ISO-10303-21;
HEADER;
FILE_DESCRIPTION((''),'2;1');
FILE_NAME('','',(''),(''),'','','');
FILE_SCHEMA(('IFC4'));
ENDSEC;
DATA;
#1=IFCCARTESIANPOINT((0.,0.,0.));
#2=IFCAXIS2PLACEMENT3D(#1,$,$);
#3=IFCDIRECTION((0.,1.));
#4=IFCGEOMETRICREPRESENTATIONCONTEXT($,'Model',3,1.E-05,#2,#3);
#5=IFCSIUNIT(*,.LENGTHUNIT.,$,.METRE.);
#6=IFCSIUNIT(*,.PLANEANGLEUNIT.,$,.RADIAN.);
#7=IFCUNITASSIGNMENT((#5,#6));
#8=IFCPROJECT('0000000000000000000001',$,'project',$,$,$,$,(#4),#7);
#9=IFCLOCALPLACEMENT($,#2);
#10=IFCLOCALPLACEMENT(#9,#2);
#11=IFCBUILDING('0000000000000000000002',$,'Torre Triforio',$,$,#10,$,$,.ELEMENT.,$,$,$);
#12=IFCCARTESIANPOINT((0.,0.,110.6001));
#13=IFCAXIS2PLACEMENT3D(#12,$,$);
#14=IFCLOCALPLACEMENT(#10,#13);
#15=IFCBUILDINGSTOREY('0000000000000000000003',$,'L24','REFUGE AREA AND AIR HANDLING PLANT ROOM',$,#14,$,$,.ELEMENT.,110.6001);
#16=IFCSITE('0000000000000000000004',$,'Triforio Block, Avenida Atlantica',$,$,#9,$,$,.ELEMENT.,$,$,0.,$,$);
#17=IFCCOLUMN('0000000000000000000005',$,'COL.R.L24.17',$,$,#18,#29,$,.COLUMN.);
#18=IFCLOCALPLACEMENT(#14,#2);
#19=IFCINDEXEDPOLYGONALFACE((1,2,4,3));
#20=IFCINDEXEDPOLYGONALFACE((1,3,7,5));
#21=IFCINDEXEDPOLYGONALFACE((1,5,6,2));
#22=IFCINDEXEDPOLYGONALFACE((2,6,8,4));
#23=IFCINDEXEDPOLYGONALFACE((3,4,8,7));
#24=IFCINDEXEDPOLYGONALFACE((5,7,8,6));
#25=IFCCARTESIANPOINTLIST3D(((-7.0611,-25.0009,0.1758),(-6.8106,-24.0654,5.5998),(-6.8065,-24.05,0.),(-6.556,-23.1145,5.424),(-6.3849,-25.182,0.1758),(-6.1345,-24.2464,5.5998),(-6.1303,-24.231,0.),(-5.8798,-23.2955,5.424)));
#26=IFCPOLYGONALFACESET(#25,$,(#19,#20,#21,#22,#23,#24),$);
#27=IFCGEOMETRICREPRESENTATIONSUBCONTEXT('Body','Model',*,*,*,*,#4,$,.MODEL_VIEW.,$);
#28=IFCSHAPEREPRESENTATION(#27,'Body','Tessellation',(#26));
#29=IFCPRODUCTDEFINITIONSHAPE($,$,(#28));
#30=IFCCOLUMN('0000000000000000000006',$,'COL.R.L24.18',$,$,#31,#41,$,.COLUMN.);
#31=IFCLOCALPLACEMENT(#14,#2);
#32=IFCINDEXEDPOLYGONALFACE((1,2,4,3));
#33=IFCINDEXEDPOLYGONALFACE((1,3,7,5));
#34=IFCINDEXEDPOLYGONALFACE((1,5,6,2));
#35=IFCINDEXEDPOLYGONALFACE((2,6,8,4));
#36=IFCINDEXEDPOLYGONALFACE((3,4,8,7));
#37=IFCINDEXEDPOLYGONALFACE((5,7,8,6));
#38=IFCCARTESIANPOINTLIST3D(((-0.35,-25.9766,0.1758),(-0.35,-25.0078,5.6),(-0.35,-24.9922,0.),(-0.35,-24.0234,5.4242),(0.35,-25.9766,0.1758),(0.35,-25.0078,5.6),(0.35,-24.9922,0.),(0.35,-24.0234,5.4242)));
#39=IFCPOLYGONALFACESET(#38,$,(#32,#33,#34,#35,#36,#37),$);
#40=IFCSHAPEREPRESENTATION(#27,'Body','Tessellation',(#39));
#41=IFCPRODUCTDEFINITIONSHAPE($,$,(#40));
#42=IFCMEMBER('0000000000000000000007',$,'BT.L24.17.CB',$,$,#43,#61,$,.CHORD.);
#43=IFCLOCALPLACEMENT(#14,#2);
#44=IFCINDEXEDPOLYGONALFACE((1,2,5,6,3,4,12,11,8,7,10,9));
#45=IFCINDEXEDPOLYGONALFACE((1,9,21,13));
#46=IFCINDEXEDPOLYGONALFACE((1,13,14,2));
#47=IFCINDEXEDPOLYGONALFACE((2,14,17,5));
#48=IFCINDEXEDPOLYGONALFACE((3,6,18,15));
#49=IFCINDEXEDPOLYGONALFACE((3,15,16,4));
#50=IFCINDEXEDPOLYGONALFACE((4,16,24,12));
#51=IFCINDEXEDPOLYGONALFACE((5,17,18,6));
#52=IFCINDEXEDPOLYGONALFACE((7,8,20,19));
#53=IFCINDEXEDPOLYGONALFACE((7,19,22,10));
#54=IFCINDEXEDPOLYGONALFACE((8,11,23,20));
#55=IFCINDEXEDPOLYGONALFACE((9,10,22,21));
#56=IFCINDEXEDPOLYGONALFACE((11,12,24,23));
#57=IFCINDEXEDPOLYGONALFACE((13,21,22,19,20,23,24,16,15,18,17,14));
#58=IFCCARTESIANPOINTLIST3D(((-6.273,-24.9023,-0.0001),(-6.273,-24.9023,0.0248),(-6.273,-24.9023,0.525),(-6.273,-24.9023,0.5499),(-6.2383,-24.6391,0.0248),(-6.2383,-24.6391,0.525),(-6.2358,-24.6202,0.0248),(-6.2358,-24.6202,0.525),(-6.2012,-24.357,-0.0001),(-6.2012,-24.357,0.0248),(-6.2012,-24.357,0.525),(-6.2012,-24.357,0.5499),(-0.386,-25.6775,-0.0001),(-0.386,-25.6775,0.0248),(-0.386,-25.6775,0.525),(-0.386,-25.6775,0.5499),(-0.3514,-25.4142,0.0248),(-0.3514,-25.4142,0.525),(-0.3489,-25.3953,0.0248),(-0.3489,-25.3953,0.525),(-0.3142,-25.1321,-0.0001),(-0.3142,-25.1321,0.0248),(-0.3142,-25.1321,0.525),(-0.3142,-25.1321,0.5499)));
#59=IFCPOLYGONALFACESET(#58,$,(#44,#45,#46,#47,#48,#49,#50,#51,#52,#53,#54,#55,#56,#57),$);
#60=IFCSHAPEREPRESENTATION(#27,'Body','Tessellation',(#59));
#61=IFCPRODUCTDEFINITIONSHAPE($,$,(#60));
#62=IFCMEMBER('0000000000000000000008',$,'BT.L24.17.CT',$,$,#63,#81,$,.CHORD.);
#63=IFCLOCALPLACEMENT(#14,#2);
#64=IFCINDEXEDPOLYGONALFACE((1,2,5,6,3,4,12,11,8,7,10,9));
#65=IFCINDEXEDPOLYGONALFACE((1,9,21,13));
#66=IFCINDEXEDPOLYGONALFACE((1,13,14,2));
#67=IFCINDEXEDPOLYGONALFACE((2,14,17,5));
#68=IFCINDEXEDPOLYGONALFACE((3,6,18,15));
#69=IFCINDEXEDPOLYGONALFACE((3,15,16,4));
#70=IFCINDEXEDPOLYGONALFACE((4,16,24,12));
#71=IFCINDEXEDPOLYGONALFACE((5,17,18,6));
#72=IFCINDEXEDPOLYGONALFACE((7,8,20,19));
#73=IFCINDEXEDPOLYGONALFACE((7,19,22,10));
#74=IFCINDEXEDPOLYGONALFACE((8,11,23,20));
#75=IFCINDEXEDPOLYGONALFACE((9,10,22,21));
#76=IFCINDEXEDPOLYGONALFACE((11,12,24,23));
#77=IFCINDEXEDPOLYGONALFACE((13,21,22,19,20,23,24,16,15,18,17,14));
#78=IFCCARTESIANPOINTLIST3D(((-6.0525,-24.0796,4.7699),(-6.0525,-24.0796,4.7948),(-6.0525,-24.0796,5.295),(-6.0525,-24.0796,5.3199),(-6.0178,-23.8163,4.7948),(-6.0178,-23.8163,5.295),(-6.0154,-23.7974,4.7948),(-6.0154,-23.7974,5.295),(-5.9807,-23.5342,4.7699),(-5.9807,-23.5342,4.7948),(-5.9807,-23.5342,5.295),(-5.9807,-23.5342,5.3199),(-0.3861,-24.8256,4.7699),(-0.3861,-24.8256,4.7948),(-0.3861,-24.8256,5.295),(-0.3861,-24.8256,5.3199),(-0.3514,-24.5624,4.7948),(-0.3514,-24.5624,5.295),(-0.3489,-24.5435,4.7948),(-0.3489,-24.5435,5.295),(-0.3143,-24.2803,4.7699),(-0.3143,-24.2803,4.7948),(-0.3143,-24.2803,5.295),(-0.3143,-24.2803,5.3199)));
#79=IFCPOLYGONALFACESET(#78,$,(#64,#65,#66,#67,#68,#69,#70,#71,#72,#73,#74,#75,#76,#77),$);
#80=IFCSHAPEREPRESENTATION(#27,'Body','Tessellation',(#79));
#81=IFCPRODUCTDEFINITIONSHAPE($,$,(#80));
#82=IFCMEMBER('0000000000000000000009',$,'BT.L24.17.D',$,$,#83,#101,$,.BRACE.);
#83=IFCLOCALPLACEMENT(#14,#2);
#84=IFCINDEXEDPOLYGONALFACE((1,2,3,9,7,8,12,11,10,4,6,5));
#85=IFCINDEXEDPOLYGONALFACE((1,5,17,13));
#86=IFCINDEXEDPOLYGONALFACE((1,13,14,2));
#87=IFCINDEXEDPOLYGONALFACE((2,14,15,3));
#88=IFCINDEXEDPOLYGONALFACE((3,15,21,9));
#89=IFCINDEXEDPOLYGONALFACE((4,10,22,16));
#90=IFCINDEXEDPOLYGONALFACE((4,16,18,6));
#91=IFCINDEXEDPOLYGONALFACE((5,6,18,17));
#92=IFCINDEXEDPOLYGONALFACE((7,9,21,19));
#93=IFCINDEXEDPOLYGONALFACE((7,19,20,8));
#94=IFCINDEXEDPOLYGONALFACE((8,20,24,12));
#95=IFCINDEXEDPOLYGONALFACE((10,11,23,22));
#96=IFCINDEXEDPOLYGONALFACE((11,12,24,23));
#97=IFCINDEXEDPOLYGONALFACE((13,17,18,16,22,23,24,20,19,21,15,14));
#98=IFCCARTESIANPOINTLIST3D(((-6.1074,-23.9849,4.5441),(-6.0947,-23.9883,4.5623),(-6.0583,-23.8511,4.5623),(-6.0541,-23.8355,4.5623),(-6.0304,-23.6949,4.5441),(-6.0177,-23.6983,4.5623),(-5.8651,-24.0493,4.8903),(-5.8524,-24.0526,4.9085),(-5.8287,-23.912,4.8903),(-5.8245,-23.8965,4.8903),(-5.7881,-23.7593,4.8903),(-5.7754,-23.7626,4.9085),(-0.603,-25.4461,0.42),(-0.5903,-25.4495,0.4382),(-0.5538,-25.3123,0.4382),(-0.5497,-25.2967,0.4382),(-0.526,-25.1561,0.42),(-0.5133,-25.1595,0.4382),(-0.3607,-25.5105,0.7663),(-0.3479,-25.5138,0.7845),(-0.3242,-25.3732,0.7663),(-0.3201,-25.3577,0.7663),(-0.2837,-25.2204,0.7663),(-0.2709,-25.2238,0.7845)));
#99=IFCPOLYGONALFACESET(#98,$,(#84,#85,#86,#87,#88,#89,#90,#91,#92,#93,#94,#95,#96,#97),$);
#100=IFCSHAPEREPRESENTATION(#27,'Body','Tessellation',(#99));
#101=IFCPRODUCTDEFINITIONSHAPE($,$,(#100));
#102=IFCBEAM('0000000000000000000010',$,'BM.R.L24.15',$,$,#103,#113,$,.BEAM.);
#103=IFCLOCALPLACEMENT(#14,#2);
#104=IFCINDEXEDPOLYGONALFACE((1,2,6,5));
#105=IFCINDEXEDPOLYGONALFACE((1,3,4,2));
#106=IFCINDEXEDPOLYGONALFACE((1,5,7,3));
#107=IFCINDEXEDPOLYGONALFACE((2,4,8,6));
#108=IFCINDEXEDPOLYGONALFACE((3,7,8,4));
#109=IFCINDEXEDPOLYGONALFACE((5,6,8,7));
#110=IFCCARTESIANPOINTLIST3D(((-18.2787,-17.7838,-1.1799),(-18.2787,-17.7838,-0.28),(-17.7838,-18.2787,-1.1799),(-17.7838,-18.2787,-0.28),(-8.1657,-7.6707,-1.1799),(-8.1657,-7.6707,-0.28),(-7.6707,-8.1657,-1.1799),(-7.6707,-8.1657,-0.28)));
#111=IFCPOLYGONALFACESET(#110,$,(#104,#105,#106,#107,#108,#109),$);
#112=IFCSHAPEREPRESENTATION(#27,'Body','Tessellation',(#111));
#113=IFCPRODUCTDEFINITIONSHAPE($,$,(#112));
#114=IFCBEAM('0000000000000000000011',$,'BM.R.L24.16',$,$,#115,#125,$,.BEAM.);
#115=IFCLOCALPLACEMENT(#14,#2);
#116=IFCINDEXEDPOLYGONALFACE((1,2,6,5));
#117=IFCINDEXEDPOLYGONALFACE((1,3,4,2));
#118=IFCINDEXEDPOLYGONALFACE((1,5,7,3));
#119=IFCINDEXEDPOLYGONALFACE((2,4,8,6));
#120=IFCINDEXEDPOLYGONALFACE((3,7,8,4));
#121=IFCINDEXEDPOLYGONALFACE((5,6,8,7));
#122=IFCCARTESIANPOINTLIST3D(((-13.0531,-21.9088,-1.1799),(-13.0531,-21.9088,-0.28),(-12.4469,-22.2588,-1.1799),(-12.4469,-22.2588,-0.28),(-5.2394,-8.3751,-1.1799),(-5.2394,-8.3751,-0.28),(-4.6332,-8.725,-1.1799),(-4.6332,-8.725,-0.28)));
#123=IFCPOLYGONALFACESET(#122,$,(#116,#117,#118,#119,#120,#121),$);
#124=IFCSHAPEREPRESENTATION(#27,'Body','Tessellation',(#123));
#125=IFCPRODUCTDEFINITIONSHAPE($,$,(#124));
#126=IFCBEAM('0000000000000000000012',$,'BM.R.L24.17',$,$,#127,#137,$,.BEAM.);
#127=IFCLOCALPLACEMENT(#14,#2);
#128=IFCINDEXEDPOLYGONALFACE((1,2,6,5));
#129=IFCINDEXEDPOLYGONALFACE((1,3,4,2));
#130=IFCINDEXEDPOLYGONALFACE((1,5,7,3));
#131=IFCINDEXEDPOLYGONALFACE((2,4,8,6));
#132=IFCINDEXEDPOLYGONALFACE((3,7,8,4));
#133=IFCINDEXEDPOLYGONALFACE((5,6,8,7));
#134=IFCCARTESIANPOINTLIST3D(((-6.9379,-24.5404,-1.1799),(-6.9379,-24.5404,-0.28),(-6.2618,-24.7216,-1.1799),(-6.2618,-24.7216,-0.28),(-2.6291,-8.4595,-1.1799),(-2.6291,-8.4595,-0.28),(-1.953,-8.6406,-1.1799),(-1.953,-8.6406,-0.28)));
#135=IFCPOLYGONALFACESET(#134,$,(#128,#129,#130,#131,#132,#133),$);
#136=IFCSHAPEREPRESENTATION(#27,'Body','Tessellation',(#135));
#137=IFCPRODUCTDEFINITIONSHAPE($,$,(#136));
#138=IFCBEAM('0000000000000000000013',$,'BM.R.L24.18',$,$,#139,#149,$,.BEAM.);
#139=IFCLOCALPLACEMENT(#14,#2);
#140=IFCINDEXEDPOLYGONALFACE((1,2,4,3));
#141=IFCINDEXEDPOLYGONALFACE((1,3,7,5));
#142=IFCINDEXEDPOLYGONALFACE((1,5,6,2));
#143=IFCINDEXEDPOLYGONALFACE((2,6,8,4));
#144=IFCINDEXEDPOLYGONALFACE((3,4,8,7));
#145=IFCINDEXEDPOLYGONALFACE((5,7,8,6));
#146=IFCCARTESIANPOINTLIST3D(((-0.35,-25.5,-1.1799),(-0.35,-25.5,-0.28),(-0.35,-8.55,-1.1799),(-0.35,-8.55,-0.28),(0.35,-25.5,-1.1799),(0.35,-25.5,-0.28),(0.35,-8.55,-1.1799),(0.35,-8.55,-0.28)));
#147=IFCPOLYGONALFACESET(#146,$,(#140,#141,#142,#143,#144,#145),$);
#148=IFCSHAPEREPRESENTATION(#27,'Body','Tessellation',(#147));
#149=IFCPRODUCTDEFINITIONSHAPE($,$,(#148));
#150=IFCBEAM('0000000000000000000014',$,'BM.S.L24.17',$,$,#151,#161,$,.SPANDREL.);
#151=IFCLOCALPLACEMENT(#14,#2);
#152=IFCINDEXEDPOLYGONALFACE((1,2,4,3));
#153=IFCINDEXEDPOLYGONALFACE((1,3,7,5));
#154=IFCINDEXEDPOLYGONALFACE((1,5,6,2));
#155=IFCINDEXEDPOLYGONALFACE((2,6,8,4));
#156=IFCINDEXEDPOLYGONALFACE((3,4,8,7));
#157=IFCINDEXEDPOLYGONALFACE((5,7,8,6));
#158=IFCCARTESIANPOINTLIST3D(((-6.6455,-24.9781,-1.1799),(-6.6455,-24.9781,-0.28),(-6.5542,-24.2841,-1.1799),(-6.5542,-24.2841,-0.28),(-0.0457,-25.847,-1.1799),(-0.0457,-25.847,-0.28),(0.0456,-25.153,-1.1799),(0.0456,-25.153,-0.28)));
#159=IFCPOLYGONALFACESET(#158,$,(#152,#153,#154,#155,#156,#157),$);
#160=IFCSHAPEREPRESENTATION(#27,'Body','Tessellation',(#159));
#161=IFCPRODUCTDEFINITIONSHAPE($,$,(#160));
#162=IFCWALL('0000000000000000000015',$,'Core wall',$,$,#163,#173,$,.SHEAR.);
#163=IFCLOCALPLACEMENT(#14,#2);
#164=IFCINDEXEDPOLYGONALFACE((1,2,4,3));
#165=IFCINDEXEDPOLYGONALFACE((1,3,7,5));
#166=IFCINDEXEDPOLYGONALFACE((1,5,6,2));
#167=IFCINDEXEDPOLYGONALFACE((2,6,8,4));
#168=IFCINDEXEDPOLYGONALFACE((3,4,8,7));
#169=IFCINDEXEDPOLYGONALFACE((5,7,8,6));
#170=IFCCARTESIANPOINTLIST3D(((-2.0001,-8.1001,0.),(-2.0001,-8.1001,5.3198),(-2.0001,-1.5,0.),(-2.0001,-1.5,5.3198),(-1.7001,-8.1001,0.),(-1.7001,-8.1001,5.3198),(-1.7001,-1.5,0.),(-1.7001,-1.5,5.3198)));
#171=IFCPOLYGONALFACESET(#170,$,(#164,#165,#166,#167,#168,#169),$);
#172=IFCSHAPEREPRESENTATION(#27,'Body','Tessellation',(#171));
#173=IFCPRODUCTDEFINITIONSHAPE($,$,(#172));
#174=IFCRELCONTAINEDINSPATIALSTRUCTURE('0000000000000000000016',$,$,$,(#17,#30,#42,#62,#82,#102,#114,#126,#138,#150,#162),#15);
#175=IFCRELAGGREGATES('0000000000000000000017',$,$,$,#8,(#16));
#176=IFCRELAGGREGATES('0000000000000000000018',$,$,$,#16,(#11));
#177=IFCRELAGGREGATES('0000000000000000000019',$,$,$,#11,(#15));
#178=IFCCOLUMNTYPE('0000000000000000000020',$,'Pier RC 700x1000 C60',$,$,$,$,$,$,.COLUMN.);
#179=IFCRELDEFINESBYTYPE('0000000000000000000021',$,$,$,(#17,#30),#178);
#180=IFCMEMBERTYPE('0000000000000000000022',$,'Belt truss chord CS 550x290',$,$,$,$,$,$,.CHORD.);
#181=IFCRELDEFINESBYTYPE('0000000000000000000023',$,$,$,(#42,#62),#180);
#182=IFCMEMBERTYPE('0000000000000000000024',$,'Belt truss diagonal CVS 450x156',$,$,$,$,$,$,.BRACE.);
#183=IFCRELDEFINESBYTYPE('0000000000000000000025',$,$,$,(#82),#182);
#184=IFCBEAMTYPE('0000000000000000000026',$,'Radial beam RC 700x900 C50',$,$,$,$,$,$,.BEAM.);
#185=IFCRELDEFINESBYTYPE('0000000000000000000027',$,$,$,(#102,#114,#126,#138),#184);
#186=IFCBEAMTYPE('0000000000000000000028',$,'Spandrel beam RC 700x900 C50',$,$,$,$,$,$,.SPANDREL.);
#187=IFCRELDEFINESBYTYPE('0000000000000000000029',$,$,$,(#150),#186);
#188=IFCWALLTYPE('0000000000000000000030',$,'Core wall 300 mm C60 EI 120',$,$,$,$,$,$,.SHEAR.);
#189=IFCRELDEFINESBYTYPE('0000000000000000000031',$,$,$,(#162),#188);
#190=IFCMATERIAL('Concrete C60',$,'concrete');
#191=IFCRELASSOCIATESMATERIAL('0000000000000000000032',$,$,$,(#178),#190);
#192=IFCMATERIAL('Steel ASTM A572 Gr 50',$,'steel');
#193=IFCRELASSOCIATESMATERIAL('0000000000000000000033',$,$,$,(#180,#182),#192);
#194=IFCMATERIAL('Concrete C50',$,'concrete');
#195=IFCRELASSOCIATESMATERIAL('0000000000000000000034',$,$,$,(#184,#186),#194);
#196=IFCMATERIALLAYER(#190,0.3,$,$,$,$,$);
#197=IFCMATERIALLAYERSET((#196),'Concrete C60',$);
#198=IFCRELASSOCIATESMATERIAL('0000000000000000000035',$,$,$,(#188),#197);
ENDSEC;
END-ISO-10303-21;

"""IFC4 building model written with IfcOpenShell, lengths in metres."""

from ifc_helpers import new_model, si_unit, direction, frame, frame_2d, origin, origin_2d, place, context, subcontext, project, spatial, rectangle, i_section, extrude, material, layer, layer_set, material_profile, profile_set, type_object, element, save


model = new_model("IFC4")

# Units and contexts
model_context = context("Model", 3, precision=1e-05, world=origin(), true_north=direction((0.0, 1.0)))
body_context = subcontext(model_context, "Body", "Model", "MODEL_VIEW")
ifc_project = project(units=[si_unit("LENGTHUNIT", "METRE"), si_unit("PLANEANGLEUNIT", "RADIAN")], contexts=[model_context])

# Site, building, storey
site_placement = place(None, origin())
site = spatial("IfcSite", under=ifc_project, at=site_placement, Name="Triforio Block, Avenida Atlantica", CompositionType="ELEMENT", RefElevation=0.0)
building_placement = place(site_placement, origin())
building = spatial("IfcBuilding", under=site, at=building_placement, Name="Torre Triforio", CompositionType="ELEMENT")
storey_placement = place(building_placement, frame((0.0, 0.0, 110.6001)))
storey = spatial("IfcBuildingStorey", under=building, at=storey_placement, Name="L24", Description="REFUGE AREA AND AIR HANDLING PLANT ROOM", CompositionType="ELEMENT", Elevation=110.6001)

# Columns
ifc_material_1 = material(Name="Concrete C60", Category="concrete")
ifc_material_profile_1 = material_profile(ifc_material_1, rectangle(XDim=0.7, YDim=1.0, at=origin_2d()), Name="RC 700x1000")
ifc_profile_set_1 = profile_set([ifc_material_profile_1], Name="Concrete C60")
column_type = type_object("IfcColumnType", Name="Pier RC 700x1000 C60", PredefinedType="COLUMN", material=ifc_profile_set_1)
column_1_placement = place(storey_placement, frame((-6.5957, -24.616, 0.0879), z_axis=(0.045462, 0.169795, 0.98443), x_axis=(-0.965975, 0.258635, 0.0)))
element("IfcColumn", 1, at=column_1_placement, inside=storey, type_object=column_type, Name="COL.R.L24.17", PredefinedType="COLUMN", context=body_context, shape_type="SweptSolid", body=[
    extrude(rectangle(XDim=0.7, YDim=1.0, at=origin_2d()), origin(), (0.0, 0.0, 1.0), 5.5098),
])
column_2_placement = place(storey_placement, frame((0.0, -25.4844, 0.0879), z_axis=(0.0, 0.17582, 0.984422), x_axis=(-1.0, 0.0, 0.0)))
element("IfcColumn", 2, at=column_2_placement, inside=storey, type_object=column_type, Name="COL.R.L24.18", PredefinedType="COLUMN", context=body_context, shape_type="SweptSolid", body=[
    extrude(rectangle(XDim=0.7, YDim=1.0, at=origin_2d()), origin(), (0.0, 0.0, 1.0), 5.51),
])

# Members
ifc_material_2 = material(Name="Steel ASTM A572 Gr 50", Category="steel")
ifc_material_profile_2 = material_profile(ifc_material_2, i_section(OverallWidth=0.55, OverallDepth=0.55, WebThickness=0.019, FlangeThickness=0.0249, at=origin_2d()), Name="CS 550x290")
ifc_profile_set_2 = profile_set([ifc_material_profile_2], Name="Steel ASTM A572 Gr 50")
member_type_1 = type_object("IfcMemberType", Name="Belt truss chord CS 550x290", PredefinedType="CHORD", material=ifc_profile_set_2)
member_1_placement = place(storey_placement, frame((-6.2371, -24.6296, 0.2749), z_axis=(0.991442, -0.130545, 0.0), x_axis=(0.130545, 0.991442, 0.0)))
element("IfcMember", 3, at=member_1_placement, inside=storey, type_object=member_type_1, Name="BT.L24.17.CB", PredefinedType="CHORD", context=body_context, shape_type="SweptSolid", body=[
    extrude(i_section(OverallWidth=0.55, OverallDepth=0.55, WebThickness=0.019, FlangeThickness=0.0249, at=origin_2d()), origin(), (0.0, 0.0, 1.0), 5.9377),
])
member_2_placement = place(storey_placement, frame((-6.0166, -23.8069, 5.0449), z_axis=(0.991443, -0.130541, 0.0), x_axis=(0.130541, 0.991443, 0.0)))
element("IfcMember", 4, at=member_2_placement, inside=storey, type_object=member_type_1, Name="BT.L24.17.CT", PredefinedType="CHORD", context=body_context, shape_type="SweptSolid", body=[
    extrude(i_section(OverallWidth=0.55, OverallDepth=0.55, WebThickness=0.019, FlangeThickness=0.0249, at=origin_2d()), origin(), (0.0, 0.0, 1.0), 5.7153),
])
ifc_material_profile_3 = material_profile(ifc_material_2, i_section(OverallWidth=0.3, OverallDepth=0.45, WebThickness=0.0161, FlangeThickness=0.0225, at=origin_2d()), Name="CVS 450x156")
ifc_profile_set_3 = profile_set([ifc_material_profile_3], Name="Steel ASTM A572 Gr 50")
member_type_2 = type_object("IfcMemberType", Name="Belt truss diagonal CVS 450x156", PredefinedType="BRACE", material=ifc_profile_set_3)
member_3_placement = place(storey_placement, frame((-5.9414, -23.8738, 4.7263), z_axis=(0.782827, -0.207807, -0.586513), x_axis=(0.256571, 0.966525, 0.0)))
element("IfcMember", 5, at=member_3_placement, inside=storey, type_object=member_type_2, Name="BT.L24.17.D", PredefinedType="BRACE", context=body_context, shape_type="SweptSolid", body=[
    extrude(i_section(OverallWidth=0.3, OverallDepth=0.45, WebThickness=0.0161, FlangeThickness=0.0225, at=origin_2d()), origin(), (0.0, 0.0, 1.0), 7.0315),
])

# Beams
ifc_material_3 = material(Name="Concrete C50", Category="concrete")
ifc_material_profile_4 = material_profile(ifc_material_3, rectangle(XDim=0.7, YDim=0.8999, at=origin_2d()), Name="RC 700x900")
ifc_profile_set_4 = profile_set([ifc_material_profile_4], Name="Concrete C50")
beam_type_1 = type_object("IfcBeamType", Name="Radial beam RC 700x900 C50", PredefinedType="BEAM", material=ifc_profile_set_4)
beam_1_placement = place(storey_placement, frame((-7.9182, -7.9182, -0.73), z_axis=(-0.707107, -0.707107, 0.0), x_axis=(0.707107, -0.707107, 0.0)))
element("IfcBeam", 6, at=beam_1_placement, inside=storey, type_object=beam_type_1, Name="BM.R.L24.15", PredefinedType="BEAM", context=body_context, shape_type="SweptSolid", body=[
    extrude(rectangle(XDim=0.7, YDim=0.8999, at=origin_2d()), origin(), (0.0, 0.0, 1.0), 14.302),
])
beam_2_placement = place(storey_placement, frame((-4.9363, -8.55, -0.73), z_axis=(-0.500002, -0.866024, 0.0), x_axis=(0.866024, -0.500002, 0.0)))
element("IfcBeam", 7, at=beam_2_placement, inside=storey, type_object=beam_type_1, Name="BM.R.L24.16", PredefinedType="BEAM", context=body_context, shape_type="SweptSolid", body=[
    extrude(rectangle(XDim=0.7, YDim=0.8999, at=origin_2d()), origin(), (0.0, 0.0, 1.0), 15.6274),
])
beam_3_placement = place(storey_placement, frame((-2.291, -8.55, -0.73), z_axis=(-0.258815, -0.965927, 0.0), x_axis=(0.965927, -0.258815, 0.0)))
element("IfcBeam", 8, at=beam_3_placement, inside=storey, type_object=beam_type_1, Name="BM.R.L24.17", PredefinedType="BEAM", context=body_context, shape_type="SweptSolid", body=[
    extrude(rectangle(XDim=0.7, YDim=0.8999, at=origin_2d()), origin(), (0.0, 0.0, 1.0), 16.6482),
])
beam_4_placement = place(storey_placement, frame((0.0, -8.55, -0.73), z_axis=(0.0, -1.0, 0.0), x_axis=(1.0, 0.0, 0.0)))
element("IfcBeam", 9, at=beam_4_placement, inside=storey, type_object=beam_type_1, Name="BM.R.L24.18", PredefinedType="BEAM", context=body_context, shape_type="SweptSolid", body=[
    extrude(rectangle(XDim=0.7, YDim=0.8999, at=origin_2d()), origin(), (0.0, 0.0, 1.0), 16.95),
])
ifc_material_profile_5 = material_profile(ifc_material_3, rectangle(XDim=0.7, YDim=0.8999, at=origin_2d()), Name="RC 700x900")
ifc_profile_set_5 = profile_set([ifc_material_profile_5], Name="Concrete C50")
beam_type_2 = type_object("IfcBeamType", Name="Spandrel beam RC 700x900 C50", PredefinedType="SPANDREL", material=ifc_profile_set_5)
beam_5_placement = place(storey_placement, frame((-6.5999, -24.6311, -0.73), z_axis=(0.991445, -0.130528, 0.0), x_axis=(0.130528, 0.991445, 0.0)))
element("IfcBeam", 10, at=beam_5_placement, inside=storey, type_object=beam_type_2, Name="BM.S.L24.17", PredefinedType="SPANDREL", context=body_context, shape_type="SweptSolid", body=[
    extrude(rectangle(XDim=0.7, YDim=0.8999, at=origin_2d()), origin(), (0.0, 0.0, 1.0), 6.6567),
])

# Wall
ifc_layer_1 = layer(ifc_material_1, 0.3)
ifc_layer_set_1 = layer_set([ifc_layer_1], Name="Concrete C60")
wall_type_1 = type_object("IfcWallType", Name="Core wall 300 mm C60 EI 120", PredefinedType="SHEAR", material=ifc_layer_set_1)
wall_1_placement = place(storey_placement, frame((-1.8501, -8.1001, 0.0), z_axis=(0.0, 0.0, 1.0), x_axis=(0.0, 1.0, 0.0)))
element("IfcWall", 11, at=wall_1_placement, inside=storey, type_object=wall_type_1, Name="Core wall", PredefinedType="SHEAR", context=body_context, shape_type="SweptSolid", body=[
    extrude(rectangle(XDim=6.6001, YDim=0.3, at=frame_2d((3.3, 0.0))), origin(), (0.0, 0.0, 1.0), 5.3198),
])

save(model, "model.ifc")
